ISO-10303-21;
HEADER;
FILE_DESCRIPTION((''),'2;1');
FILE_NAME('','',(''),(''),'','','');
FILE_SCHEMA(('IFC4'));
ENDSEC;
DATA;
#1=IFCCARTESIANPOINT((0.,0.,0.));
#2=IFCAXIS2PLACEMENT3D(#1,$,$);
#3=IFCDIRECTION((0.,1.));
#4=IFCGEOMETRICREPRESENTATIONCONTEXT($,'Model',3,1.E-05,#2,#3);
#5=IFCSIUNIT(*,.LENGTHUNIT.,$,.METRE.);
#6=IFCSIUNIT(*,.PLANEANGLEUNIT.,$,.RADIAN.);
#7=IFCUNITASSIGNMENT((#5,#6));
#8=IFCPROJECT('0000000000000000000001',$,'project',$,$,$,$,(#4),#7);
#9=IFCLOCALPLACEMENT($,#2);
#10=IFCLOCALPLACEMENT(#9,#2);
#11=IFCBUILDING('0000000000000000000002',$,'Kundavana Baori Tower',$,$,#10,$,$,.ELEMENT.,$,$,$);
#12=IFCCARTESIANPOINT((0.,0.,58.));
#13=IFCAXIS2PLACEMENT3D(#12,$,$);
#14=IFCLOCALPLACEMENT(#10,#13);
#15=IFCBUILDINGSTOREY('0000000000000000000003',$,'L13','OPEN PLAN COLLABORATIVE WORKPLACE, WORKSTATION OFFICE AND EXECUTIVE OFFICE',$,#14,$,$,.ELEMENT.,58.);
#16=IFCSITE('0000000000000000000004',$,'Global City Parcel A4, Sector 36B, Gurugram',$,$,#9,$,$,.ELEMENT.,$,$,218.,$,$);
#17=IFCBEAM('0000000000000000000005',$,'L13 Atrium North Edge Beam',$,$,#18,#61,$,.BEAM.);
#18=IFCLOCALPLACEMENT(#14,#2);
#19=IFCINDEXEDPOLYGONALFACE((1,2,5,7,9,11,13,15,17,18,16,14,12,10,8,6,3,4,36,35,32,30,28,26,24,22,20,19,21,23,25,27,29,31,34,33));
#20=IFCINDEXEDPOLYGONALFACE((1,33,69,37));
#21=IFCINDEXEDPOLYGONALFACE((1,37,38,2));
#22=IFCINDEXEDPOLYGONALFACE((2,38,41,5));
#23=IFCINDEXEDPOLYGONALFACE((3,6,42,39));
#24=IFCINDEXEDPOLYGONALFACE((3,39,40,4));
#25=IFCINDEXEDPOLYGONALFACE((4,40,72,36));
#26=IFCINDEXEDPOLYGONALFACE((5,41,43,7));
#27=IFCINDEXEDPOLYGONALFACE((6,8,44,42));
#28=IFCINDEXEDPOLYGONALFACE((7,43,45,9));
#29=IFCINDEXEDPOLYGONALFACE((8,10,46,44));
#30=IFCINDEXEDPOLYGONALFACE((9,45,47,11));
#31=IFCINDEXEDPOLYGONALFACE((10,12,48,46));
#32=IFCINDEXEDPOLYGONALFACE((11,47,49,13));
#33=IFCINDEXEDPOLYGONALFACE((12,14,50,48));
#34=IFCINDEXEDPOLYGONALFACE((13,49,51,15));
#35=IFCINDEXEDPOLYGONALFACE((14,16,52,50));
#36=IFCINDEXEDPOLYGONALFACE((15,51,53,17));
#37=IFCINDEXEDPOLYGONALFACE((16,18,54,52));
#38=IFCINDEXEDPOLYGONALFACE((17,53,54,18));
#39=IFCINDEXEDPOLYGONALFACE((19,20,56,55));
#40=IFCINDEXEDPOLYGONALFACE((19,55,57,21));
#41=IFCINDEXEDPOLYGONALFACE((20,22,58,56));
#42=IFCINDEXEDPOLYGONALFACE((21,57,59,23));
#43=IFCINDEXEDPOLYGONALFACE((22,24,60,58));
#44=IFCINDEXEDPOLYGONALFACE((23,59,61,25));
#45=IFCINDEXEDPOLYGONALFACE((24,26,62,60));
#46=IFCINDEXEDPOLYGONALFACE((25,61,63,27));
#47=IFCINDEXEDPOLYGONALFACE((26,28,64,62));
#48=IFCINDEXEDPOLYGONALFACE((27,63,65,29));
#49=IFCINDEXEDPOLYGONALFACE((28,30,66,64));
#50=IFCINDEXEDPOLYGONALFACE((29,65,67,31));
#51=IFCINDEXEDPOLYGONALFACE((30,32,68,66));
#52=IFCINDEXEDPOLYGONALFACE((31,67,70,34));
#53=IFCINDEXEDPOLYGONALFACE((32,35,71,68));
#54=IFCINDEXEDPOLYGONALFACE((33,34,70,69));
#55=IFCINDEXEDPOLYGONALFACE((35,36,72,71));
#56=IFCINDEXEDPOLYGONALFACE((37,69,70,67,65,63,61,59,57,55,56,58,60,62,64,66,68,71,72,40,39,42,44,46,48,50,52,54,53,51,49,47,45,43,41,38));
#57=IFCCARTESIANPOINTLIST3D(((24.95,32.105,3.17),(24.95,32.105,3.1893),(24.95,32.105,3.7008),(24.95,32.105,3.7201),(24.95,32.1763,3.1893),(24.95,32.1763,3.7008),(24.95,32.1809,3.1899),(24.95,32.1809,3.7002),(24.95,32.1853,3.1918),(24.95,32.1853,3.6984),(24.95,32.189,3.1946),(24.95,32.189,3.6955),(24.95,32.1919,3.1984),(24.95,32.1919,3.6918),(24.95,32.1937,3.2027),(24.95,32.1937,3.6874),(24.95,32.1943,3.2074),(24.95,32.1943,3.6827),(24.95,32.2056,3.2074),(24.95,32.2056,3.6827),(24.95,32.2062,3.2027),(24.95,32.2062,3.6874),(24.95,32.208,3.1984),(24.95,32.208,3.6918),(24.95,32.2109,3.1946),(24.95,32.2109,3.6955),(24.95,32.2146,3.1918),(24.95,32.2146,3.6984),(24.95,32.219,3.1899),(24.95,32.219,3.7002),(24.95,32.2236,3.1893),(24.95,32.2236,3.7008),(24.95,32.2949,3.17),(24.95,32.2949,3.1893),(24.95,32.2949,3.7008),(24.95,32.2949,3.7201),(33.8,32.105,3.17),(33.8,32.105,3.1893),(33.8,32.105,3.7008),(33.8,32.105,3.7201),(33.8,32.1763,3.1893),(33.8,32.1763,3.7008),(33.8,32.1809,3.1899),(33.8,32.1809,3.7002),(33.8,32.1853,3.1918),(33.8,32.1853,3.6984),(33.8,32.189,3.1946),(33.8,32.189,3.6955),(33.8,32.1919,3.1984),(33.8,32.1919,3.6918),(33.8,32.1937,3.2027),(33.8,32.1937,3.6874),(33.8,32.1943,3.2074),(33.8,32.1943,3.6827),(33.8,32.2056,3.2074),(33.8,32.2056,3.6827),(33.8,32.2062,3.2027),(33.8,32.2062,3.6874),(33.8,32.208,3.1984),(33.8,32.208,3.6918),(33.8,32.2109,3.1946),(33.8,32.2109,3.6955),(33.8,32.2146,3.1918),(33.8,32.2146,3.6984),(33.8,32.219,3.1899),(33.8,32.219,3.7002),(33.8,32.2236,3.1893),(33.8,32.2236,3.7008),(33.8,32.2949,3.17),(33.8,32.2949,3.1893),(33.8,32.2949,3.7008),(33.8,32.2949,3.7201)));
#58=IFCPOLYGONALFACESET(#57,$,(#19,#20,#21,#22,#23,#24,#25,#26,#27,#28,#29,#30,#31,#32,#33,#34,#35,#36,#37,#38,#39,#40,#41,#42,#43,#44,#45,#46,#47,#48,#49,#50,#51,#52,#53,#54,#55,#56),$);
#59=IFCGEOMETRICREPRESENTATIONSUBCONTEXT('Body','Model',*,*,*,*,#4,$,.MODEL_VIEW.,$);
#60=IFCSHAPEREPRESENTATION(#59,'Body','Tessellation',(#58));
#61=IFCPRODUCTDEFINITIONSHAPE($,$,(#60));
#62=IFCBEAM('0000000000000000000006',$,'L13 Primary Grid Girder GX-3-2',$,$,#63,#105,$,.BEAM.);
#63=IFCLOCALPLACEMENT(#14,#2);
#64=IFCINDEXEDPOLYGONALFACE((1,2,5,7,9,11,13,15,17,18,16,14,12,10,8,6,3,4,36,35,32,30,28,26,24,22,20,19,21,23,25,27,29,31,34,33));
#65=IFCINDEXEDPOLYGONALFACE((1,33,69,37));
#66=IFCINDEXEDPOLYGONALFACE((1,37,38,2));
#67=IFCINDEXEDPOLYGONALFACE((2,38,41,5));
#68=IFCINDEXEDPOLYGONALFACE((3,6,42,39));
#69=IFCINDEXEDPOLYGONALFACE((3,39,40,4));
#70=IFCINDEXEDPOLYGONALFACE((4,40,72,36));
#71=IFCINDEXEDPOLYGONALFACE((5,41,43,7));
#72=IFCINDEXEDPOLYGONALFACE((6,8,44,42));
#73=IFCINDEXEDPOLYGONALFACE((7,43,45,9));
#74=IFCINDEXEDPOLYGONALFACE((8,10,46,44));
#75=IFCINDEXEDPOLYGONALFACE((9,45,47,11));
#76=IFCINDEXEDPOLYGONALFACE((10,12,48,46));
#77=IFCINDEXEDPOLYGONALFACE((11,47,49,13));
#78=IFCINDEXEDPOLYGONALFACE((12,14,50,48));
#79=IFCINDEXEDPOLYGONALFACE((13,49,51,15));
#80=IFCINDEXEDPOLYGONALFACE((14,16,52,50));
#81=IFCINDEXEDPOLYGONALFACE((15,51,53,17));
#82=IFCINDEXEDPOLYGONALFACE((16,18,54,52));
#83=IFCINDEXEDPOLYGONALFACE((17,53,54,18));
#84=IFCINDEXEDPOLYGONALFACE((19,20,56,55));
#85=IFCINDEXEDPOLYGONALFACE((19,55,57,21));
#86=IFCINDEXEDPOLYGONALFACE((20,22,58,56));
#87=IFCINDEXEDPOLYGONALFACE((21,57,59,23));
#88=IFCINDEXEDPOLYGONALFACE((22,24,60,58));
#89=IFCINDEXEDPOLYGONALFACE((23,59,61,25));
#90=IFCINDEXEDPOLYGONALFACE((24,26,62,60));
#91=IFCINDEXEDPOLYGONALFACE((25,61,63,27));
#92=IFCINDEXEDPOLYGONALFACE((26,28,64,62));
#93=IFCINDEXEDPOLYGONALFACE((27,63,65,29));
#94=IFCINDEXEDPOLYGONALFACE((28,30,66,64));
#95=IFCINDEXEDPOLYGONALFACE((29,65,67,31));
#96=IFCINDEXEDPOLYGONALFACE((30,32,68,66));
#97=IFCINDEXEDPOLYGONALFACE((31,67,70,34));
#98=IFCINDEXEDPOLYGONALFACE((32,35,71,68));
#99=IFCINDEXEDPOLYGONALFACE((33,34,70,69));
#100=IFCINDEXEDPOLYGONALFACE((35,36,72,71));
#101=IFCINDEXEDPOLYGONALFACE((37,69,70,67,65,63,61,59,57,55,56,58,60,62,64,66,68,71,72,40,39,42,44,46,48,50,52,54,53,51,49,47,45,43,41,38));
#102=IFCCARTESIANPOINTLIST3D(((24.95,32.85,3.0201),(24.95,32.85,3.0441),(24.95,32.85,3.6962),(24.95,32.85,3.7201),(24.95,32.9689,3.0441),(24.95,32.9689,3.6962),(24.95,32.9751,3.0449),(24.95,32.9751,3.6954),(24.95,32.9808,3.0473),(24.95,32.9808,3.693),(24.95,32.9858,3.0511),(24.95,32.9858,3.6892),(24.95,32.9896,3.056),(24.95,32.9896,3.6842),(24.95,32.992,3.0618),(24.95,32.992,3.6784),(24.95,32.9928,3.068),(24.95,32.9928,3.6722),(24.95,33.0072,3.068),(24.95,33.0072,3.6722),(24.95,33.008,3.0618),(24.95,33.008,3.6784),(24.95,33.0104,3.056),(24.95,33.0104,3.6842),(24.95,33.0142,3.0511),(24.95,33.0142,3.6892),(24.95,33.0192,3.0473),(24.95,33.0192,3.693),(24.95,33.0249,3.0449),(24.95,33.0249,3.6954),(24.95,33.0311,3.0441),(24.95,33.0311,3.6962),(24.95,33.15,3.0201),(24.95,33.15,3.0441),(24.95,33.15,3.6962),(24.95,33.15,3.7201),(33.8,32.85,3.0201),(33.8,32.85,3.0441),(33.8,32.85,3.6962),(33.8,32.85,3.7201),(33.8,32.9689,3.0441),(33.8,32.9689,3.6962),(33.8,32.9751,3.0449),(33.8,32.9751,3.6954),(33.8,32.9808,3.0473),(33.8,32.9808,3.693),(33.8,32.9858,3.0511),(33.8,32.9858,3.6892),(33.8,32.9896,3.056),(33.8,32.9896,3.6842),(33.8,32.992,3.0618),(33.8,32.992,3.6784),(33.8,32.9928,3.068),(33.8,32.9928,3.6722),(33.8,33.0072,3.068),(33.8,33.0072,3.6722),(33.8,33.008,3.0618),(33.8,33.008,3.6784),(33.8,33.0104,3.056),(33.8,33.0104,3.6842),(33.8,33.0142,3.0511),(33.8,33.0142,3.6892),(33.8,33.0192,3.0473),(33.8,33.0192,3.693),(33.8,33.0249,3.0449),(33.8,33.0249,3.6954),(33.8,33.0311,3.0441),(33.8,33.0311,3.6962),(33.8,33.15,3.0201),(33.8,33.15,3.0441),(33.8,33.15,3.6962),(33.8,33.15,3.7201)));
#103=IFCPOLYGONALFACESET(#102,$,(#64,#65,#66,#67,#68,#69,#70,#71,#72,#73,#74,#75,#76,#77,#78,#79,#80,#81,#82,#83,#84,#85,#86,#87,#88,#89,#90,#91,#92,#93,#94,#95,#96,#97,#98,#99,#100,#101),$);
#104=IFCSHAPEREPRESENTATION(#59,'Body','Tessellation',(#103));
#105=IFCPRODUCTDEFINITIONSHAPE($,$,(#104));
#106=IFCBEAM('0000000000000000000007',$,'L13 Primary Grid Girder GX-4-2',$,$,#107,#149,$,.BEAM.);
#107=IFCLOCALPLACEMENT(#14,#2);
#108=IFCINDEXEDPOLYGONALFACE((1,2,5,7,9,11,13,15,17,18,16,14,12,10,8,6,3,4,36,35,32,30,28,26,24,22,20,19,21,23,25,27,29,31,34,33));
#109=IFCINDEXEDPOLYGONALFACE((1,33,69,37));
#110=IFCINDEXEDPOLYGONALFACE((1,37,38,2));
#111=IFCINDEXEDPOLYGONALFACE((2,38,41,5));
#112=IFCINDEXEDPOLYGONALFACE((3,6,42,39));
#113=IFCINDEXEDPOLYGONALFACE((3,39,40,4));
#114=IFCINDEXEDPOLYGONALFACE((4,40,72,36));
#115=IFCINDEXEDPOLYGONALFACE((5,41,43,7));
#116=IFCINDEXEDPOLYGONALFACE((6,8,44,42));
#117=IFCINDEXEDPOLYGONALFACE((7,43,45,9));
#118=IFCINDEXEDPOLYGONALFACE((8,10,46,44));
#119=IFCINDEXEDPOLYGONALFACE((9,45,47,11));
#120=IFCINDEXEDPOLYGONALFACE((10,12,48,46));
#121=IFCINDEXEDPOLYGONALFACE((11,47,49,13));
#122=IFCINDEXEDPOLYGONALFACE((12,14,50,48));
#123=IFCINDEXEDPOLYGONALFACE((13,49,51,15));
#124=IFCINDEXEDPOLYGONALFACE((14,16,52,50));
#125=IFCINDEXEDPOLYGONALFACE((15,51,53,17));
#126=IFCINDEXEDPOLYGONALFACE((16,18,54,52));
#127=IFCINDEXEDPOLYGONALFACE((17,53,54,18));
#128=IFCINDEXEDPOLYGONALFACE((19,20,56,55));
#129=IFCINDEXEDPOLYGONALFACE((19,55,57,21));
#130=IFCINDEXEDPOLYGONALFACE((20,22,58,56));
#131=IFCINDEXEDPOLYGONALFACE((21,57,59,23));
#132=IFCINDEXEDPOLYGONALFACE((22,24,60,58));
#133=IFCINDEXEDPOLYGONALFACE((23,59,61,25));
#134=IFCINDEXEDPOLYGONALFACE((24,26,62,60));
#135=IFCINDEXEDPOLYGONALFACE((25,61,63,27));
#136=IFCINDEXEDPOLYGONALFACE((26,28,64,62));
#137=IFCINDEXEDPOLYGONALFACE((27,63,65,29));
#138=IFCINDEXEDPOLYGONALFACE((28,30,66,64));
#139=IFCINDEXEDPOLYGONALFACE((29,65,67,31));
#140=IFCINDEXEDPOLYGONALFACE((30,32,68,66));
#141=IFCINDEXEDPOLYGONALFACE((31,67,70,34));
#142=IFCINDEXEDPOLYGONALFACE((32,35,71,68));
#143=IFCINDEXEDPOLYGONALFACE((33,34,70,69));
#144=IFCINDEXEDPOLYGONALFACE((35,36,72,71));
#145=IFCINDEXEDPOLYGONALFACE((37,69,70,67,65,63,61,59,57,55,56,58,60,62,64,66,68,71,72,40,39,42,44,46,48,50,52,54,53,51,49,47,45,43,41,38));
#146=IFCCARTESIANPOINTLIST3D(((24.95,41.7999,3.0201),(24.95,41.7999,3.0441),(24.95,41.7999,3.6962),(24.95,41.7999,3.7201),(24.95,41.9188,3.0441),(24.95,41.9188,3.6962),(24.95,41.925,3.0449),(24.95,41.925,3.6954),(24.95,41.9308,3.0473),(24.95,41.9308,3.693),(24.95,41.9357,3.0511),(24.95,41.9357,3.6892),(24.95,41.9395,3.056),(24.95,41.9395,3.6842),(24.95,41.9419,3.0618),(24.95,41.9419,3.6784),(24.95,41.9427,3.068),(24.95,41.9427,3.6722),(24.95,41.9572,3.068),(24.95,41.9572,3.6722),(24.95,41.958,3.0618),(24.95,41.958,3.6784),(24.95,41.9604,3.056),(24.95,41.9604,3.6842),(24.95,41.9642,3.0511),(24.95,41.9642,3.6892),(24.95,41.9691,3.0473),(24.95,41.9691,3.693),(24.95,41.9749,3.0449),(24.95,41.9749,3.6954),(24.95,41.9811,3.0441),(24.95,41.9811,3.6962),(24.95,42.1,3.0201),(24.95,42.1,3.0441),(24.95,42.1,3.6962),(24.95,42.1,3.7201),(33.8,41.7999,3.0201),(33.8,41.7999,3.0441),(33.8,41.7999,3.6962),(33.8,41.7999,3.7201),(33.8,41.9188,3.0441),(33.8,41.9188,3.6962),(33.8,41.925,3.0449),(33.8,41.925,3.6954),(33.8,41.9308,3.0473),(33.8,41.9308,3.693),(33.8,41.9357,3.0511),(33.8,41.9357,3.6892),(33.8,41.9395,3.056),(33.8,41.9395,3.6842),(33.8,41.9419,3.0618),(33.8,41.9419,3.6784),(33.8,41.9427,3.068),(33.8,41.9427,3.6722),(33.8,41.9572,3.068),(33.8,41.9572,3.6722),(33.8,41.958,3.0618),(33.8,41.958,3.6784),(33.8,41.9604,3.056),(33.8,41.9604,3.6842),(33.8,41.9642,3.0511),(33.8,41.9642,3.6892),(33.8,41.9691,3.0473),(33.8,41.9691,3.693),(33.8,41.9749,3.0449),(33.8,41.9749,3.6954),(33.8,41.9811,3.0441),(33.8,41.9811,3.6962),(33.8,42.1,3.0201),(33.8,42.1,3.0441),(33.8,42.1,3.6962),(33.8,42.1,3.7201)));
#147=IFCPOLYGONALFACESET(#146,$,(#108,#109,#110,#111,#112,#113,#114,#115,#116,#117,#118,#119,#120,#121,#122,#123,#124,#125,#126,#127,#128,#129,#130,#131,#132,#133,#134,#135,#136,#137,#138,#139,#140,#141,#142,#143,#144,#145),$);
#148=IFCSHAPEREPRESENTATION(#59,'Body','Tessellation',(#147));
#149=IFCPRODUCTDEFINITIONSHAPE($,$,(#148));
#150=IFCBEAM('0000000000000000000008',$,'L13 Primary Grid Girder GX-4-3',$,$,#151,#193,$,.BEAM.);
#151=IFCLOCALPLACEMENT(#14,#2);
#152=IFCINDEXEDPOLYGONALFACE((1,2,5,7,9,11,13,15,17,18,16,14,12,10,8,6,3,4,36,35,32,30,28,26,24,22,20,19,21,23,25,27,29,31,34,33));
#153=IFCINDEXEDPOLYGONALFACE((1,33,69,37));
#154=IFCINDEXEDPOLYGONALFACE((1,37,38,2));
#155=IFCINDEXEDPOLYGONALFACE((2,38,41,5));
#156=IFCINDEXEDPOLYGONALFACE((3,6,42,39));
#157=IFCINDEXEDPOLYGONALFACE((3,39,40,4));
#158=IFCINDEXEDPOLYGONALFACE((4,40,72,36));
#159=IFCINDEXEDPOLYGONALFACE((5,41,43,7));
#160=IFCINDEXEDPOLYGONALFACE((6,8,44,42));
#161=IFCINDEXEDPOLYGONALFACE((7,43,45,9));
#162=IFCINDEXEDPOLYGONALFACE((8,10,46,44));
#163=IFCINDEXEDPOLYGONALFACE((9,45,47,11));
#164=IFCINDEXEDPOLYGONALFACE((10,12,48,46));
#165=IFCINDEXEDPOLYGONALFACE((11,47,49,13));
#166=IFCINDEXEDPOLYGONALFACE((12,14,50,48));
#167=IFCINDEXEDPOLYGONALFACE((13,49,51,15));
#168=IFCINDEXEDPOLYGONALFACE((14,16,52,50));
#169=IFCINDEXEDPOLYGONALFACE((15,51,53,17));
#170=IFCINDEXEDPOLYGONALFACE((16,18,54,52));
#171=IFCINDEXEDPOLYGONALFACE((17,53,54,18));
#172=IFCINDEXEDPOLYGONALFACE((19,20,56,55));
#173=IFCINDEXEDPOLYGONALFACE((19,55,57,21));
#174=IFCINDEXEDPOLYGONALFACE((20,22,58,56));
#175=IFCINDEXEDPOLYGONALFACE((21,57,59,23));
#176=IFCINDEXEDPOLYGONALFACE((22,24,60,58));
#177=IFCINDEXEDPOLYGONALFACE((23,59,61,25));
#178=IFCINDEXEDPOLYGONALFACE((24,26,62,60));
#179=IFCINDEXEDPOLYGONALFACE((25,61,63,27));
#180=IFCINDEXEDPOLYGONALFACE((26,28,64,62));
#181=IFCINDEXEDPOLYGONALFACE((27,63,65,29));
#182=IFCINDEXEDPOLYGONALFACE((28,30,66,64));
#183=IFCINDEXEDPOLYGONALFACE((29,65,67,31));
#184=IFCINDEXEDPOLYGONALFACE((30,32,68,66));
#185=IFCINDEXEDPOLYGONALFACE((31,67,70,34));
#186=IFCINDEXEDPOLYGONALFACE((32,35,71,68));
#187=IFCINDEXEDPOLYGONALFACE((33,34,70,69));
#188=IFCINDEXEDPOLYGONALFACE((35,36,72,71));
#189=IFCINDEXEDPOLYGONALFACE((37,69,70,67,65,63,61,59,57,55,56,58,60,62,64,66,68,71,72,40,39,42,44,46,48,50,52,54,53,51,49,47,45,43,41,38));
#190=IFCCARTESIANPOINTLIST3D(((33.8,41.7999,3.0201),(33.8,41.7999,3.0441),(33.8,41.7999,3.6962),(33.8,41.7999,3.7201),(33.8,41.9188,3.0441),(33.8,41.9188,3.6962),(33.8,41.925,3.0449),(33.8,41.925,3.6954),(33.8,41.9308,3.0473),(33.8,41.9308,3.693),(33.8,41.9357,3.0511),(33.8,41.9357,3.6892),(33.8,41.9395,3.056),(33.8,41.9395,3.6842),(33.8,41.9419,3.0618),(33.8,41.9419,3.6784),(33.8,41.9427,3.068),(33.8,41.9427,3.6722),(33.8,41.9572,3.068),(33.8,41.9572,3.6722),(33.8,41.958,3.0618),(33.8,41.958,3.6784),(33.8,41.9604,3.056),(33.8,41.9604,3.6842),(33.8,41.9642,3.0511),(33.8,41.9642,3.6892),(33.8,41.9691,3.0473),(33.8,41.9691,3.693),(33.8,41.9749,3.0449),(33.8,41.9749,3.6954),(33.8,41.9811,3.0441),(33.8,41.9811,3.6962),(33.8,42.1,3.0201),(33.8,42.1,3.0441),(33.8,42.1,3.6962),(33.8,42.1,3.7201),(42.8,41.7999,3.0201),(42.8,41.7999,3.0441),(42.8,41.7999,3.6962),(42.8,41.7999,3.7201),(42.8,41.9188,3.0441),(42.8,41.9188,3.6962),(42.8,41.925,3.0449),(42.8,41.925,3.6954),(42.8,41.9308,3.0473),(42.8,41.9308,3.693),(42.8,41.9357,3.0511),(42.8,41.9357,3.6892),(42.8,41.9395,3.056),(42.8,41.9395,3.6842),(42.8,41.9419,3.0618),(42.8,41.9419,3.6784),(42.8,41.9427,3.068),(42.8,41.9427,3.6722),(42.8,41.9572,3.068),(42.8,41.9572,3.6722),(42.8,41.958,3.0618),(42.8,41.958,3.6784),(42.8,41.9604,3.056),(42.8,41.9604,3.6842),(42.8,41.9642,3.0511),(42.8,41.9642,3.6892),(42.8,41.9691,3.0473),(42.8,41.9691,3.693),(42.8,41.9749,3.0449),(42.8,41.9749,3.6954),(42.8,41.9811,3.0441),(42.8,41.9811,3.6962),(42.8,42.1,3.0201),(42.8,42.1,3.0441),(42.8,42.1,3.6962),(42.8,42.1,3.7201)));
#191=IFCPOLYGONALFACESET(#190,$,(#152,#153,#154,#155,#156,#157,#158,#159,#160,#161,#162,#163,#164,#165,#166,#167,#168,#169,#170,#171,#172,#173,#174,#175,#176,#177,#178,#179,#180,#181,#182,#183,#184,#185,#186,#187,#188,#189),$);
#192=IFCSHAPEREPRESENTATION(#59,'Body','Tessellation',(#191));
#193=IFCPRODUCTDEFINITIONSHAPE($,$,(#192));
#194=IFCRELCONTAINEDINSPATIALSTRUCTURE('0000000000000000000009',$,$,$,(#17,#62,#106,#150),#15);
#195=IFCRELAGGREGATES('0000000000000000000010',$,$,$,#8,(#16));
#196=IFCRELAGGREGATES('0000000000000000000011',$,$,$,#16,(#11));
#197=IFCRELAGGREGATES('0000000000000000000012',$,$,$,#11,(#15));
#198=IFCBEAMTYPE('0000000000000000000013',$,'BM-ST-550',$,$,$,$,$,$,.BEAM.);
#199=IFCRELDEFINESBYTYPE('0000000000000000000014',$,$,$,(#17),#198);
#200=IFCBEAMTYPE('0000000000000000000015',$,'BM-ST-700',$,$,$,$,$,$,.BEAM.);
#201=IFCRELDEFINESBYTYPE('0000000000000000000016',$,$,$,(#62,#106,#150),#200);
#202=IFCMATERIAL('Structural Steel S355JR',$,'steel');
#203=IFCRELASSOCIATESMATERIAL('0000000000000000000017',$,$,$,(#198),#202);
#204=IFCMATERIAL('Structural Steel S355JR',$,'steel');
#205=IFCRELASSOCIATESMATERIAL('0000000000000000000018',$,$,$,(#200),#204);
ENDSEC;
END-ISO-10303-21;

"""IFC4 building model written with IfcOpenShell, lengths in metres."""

from ifc_helpers import new_model, si_unit, direction, frame, origin, origin_2d, place, context, subcontext, project, spatial, i_section, extrude, material, material_profile, profile_set, type_object, element, save


model = new_model("IFC4")

# Units and contexts
model_context = context("Model", 3, precision=1e-05, world=origin(), true_north=direction((0.0, 1.0)))
body_context = subcontext(model_context, "Body", "Model", "MODEL_VIEW")
ifc_project = project(units=[si_unit("LENGTHUNIT", "METRE"), si_unit("PLANEANGLEUNIT", "RADIAN")], contexts=[model_context])

# Site, building, storey
site_placement = place(None, origin())
site = spatial("IfcSite", under=ifc_project, at=site_placement, Name="Global City Parcel A4, Sector 36B, Gurugram", CompositionType="ELEMENT", RefElevation=218.0)
building_placement = place(site_placement, origin())
building = spatial("IfcBuilding", under=site, at=building_placement, Name="Kundavana Baori Tower", CompositionType="ELEMENT")
storey_placement = place(building_placement, frame((0.0, 0.0, 58.0)))
storey = spatial("IfcBuildingStorey", under=building, at=storey_placement, Name="L13", Description="OPEN PLAN COLLABORATIVE WORKPLACE, WORKSTATION OFFICE AND EXECUTIVE OFFICE", CompositionType="ELEMENT", Elevation=58.0)

# Beams
ifc_material_1 = material(Name="Structural Steel S355JR", Category="steel")
ifc_material_profile_1 = material_profile(ifc_material_1, i_section(OverallWidth=0.1899, OverallDepth=0.55, WebThickness=0.0112, FlangeThickness=0.0193, FilletRadius=0.0181, at=origin_2d()), Name="ISMB 550")
ifc_profile_set_1 = profile_set([ifc_material_profile_1], Name="Structural Steel S355JR")
beam_type_1 = type_object("IfcBeamType", Name="BM-ST-550", PredefinedType="BEAM", material=ifc_profile_set_1)
beam_1_placement = place(storey_placement, frame((24.95, 32.2, 3.4451), z_axis=(1.0, 0.0, 0.0), x_axis=(0.0, 1.0, 0.0)))
element("IfcBeam", 1, at=beam_1_placement, inside=storey, type_object=beam_type_1, Name="L13 Atrium North Edge Beam", PredefinedType="BEAM", context=body_context, shape_type="SweptSolid", body=[
    extrude(i_section(OverallWidth=0.1899, OverallDepth=0.55, WebThickness=0.0112, FlangeThickness=0.0193, FilletRadius=0.0181, at=origin_2d()), origin(), (0.0, 0.0, 1.0), 8.8501),
])
ifc_material_2 = material(Name="Structural Steel S355JR", Category="steel")
ifc_material_profile_2 = material_profile(ifc_material_2, i_section(OverallWidth=0.3, OverallDepth=0.7, WebThickness=0.0144, FlangeThickness=0.0239, FilletRadius=0.0239, at=origin_2d()), Name="NPB 700x300x170")
ifc_profile_set_2 = profile_set([ifc_material_profile_2], Name="Structural Steel S355JR")
beam_type_2 = type_object("IfcBeamType", Name="BM-ST-700", PredefinedType="BEAM", material=ifc_profile_set_2)
for number, where, z_axis, x_axis, name in (
    (2, (24.95, 33.0, 3.3701), (1.0, 0.0, 0.0), (0.0, 1.0, 0.0), "L13 Primary Grid Girder GX-3-2"),
    (3, (24.95, 41.95, 3.3701), (1.0, 0.0, 0.0), (0.0, 1.0, 0.0), "L13 Primary Grid Girder GX-4-2"),
):
    element("IfcBeam", number, at=place(storey_placement, frame(where, z_axis=z_axis, x_axis=x_axis)), inside=storey, type_object=beam_type_2, Name=name, PredefinedType="BEAM", context=body_context, shape_type="SweptSolid", body=[
        extrude(i_section(OverallWidth=0.3, OverallDepth=0.7, WebThickness=0.0144, FlangeThickness=0.0239, FilletRadius=0.0239, at=origin_2d()), origin(), (0.0, 0.0, 1.0), 8.8501),
    ])
beam_2_placement = place(storey_placement, frame((33.8, 41.95, 3.3701), z_axis=(1.0, 0.0, 0.0), x_axis=(0.0, 1.0, 0.0)))
element("IfcBeam", 4, at=beam_2_placement, inside=storey, type_object=beam_type_2, Name="L13 Primary Grid Girder GX-4-3", PredefinedType="BEAM", context=body_context, shape_type="SweptSolid", body=[
    extrude(i_section(OverallWidth=0.3, OverallDepth=0.7, WebThickness=0.0144, FlangeThickness=0.0239, FilletRadius=0.0239, at=origin_2d()), origin(), (0.0, 0.0, 1.0), 9.0),
])

save(model, "model.ifc")
